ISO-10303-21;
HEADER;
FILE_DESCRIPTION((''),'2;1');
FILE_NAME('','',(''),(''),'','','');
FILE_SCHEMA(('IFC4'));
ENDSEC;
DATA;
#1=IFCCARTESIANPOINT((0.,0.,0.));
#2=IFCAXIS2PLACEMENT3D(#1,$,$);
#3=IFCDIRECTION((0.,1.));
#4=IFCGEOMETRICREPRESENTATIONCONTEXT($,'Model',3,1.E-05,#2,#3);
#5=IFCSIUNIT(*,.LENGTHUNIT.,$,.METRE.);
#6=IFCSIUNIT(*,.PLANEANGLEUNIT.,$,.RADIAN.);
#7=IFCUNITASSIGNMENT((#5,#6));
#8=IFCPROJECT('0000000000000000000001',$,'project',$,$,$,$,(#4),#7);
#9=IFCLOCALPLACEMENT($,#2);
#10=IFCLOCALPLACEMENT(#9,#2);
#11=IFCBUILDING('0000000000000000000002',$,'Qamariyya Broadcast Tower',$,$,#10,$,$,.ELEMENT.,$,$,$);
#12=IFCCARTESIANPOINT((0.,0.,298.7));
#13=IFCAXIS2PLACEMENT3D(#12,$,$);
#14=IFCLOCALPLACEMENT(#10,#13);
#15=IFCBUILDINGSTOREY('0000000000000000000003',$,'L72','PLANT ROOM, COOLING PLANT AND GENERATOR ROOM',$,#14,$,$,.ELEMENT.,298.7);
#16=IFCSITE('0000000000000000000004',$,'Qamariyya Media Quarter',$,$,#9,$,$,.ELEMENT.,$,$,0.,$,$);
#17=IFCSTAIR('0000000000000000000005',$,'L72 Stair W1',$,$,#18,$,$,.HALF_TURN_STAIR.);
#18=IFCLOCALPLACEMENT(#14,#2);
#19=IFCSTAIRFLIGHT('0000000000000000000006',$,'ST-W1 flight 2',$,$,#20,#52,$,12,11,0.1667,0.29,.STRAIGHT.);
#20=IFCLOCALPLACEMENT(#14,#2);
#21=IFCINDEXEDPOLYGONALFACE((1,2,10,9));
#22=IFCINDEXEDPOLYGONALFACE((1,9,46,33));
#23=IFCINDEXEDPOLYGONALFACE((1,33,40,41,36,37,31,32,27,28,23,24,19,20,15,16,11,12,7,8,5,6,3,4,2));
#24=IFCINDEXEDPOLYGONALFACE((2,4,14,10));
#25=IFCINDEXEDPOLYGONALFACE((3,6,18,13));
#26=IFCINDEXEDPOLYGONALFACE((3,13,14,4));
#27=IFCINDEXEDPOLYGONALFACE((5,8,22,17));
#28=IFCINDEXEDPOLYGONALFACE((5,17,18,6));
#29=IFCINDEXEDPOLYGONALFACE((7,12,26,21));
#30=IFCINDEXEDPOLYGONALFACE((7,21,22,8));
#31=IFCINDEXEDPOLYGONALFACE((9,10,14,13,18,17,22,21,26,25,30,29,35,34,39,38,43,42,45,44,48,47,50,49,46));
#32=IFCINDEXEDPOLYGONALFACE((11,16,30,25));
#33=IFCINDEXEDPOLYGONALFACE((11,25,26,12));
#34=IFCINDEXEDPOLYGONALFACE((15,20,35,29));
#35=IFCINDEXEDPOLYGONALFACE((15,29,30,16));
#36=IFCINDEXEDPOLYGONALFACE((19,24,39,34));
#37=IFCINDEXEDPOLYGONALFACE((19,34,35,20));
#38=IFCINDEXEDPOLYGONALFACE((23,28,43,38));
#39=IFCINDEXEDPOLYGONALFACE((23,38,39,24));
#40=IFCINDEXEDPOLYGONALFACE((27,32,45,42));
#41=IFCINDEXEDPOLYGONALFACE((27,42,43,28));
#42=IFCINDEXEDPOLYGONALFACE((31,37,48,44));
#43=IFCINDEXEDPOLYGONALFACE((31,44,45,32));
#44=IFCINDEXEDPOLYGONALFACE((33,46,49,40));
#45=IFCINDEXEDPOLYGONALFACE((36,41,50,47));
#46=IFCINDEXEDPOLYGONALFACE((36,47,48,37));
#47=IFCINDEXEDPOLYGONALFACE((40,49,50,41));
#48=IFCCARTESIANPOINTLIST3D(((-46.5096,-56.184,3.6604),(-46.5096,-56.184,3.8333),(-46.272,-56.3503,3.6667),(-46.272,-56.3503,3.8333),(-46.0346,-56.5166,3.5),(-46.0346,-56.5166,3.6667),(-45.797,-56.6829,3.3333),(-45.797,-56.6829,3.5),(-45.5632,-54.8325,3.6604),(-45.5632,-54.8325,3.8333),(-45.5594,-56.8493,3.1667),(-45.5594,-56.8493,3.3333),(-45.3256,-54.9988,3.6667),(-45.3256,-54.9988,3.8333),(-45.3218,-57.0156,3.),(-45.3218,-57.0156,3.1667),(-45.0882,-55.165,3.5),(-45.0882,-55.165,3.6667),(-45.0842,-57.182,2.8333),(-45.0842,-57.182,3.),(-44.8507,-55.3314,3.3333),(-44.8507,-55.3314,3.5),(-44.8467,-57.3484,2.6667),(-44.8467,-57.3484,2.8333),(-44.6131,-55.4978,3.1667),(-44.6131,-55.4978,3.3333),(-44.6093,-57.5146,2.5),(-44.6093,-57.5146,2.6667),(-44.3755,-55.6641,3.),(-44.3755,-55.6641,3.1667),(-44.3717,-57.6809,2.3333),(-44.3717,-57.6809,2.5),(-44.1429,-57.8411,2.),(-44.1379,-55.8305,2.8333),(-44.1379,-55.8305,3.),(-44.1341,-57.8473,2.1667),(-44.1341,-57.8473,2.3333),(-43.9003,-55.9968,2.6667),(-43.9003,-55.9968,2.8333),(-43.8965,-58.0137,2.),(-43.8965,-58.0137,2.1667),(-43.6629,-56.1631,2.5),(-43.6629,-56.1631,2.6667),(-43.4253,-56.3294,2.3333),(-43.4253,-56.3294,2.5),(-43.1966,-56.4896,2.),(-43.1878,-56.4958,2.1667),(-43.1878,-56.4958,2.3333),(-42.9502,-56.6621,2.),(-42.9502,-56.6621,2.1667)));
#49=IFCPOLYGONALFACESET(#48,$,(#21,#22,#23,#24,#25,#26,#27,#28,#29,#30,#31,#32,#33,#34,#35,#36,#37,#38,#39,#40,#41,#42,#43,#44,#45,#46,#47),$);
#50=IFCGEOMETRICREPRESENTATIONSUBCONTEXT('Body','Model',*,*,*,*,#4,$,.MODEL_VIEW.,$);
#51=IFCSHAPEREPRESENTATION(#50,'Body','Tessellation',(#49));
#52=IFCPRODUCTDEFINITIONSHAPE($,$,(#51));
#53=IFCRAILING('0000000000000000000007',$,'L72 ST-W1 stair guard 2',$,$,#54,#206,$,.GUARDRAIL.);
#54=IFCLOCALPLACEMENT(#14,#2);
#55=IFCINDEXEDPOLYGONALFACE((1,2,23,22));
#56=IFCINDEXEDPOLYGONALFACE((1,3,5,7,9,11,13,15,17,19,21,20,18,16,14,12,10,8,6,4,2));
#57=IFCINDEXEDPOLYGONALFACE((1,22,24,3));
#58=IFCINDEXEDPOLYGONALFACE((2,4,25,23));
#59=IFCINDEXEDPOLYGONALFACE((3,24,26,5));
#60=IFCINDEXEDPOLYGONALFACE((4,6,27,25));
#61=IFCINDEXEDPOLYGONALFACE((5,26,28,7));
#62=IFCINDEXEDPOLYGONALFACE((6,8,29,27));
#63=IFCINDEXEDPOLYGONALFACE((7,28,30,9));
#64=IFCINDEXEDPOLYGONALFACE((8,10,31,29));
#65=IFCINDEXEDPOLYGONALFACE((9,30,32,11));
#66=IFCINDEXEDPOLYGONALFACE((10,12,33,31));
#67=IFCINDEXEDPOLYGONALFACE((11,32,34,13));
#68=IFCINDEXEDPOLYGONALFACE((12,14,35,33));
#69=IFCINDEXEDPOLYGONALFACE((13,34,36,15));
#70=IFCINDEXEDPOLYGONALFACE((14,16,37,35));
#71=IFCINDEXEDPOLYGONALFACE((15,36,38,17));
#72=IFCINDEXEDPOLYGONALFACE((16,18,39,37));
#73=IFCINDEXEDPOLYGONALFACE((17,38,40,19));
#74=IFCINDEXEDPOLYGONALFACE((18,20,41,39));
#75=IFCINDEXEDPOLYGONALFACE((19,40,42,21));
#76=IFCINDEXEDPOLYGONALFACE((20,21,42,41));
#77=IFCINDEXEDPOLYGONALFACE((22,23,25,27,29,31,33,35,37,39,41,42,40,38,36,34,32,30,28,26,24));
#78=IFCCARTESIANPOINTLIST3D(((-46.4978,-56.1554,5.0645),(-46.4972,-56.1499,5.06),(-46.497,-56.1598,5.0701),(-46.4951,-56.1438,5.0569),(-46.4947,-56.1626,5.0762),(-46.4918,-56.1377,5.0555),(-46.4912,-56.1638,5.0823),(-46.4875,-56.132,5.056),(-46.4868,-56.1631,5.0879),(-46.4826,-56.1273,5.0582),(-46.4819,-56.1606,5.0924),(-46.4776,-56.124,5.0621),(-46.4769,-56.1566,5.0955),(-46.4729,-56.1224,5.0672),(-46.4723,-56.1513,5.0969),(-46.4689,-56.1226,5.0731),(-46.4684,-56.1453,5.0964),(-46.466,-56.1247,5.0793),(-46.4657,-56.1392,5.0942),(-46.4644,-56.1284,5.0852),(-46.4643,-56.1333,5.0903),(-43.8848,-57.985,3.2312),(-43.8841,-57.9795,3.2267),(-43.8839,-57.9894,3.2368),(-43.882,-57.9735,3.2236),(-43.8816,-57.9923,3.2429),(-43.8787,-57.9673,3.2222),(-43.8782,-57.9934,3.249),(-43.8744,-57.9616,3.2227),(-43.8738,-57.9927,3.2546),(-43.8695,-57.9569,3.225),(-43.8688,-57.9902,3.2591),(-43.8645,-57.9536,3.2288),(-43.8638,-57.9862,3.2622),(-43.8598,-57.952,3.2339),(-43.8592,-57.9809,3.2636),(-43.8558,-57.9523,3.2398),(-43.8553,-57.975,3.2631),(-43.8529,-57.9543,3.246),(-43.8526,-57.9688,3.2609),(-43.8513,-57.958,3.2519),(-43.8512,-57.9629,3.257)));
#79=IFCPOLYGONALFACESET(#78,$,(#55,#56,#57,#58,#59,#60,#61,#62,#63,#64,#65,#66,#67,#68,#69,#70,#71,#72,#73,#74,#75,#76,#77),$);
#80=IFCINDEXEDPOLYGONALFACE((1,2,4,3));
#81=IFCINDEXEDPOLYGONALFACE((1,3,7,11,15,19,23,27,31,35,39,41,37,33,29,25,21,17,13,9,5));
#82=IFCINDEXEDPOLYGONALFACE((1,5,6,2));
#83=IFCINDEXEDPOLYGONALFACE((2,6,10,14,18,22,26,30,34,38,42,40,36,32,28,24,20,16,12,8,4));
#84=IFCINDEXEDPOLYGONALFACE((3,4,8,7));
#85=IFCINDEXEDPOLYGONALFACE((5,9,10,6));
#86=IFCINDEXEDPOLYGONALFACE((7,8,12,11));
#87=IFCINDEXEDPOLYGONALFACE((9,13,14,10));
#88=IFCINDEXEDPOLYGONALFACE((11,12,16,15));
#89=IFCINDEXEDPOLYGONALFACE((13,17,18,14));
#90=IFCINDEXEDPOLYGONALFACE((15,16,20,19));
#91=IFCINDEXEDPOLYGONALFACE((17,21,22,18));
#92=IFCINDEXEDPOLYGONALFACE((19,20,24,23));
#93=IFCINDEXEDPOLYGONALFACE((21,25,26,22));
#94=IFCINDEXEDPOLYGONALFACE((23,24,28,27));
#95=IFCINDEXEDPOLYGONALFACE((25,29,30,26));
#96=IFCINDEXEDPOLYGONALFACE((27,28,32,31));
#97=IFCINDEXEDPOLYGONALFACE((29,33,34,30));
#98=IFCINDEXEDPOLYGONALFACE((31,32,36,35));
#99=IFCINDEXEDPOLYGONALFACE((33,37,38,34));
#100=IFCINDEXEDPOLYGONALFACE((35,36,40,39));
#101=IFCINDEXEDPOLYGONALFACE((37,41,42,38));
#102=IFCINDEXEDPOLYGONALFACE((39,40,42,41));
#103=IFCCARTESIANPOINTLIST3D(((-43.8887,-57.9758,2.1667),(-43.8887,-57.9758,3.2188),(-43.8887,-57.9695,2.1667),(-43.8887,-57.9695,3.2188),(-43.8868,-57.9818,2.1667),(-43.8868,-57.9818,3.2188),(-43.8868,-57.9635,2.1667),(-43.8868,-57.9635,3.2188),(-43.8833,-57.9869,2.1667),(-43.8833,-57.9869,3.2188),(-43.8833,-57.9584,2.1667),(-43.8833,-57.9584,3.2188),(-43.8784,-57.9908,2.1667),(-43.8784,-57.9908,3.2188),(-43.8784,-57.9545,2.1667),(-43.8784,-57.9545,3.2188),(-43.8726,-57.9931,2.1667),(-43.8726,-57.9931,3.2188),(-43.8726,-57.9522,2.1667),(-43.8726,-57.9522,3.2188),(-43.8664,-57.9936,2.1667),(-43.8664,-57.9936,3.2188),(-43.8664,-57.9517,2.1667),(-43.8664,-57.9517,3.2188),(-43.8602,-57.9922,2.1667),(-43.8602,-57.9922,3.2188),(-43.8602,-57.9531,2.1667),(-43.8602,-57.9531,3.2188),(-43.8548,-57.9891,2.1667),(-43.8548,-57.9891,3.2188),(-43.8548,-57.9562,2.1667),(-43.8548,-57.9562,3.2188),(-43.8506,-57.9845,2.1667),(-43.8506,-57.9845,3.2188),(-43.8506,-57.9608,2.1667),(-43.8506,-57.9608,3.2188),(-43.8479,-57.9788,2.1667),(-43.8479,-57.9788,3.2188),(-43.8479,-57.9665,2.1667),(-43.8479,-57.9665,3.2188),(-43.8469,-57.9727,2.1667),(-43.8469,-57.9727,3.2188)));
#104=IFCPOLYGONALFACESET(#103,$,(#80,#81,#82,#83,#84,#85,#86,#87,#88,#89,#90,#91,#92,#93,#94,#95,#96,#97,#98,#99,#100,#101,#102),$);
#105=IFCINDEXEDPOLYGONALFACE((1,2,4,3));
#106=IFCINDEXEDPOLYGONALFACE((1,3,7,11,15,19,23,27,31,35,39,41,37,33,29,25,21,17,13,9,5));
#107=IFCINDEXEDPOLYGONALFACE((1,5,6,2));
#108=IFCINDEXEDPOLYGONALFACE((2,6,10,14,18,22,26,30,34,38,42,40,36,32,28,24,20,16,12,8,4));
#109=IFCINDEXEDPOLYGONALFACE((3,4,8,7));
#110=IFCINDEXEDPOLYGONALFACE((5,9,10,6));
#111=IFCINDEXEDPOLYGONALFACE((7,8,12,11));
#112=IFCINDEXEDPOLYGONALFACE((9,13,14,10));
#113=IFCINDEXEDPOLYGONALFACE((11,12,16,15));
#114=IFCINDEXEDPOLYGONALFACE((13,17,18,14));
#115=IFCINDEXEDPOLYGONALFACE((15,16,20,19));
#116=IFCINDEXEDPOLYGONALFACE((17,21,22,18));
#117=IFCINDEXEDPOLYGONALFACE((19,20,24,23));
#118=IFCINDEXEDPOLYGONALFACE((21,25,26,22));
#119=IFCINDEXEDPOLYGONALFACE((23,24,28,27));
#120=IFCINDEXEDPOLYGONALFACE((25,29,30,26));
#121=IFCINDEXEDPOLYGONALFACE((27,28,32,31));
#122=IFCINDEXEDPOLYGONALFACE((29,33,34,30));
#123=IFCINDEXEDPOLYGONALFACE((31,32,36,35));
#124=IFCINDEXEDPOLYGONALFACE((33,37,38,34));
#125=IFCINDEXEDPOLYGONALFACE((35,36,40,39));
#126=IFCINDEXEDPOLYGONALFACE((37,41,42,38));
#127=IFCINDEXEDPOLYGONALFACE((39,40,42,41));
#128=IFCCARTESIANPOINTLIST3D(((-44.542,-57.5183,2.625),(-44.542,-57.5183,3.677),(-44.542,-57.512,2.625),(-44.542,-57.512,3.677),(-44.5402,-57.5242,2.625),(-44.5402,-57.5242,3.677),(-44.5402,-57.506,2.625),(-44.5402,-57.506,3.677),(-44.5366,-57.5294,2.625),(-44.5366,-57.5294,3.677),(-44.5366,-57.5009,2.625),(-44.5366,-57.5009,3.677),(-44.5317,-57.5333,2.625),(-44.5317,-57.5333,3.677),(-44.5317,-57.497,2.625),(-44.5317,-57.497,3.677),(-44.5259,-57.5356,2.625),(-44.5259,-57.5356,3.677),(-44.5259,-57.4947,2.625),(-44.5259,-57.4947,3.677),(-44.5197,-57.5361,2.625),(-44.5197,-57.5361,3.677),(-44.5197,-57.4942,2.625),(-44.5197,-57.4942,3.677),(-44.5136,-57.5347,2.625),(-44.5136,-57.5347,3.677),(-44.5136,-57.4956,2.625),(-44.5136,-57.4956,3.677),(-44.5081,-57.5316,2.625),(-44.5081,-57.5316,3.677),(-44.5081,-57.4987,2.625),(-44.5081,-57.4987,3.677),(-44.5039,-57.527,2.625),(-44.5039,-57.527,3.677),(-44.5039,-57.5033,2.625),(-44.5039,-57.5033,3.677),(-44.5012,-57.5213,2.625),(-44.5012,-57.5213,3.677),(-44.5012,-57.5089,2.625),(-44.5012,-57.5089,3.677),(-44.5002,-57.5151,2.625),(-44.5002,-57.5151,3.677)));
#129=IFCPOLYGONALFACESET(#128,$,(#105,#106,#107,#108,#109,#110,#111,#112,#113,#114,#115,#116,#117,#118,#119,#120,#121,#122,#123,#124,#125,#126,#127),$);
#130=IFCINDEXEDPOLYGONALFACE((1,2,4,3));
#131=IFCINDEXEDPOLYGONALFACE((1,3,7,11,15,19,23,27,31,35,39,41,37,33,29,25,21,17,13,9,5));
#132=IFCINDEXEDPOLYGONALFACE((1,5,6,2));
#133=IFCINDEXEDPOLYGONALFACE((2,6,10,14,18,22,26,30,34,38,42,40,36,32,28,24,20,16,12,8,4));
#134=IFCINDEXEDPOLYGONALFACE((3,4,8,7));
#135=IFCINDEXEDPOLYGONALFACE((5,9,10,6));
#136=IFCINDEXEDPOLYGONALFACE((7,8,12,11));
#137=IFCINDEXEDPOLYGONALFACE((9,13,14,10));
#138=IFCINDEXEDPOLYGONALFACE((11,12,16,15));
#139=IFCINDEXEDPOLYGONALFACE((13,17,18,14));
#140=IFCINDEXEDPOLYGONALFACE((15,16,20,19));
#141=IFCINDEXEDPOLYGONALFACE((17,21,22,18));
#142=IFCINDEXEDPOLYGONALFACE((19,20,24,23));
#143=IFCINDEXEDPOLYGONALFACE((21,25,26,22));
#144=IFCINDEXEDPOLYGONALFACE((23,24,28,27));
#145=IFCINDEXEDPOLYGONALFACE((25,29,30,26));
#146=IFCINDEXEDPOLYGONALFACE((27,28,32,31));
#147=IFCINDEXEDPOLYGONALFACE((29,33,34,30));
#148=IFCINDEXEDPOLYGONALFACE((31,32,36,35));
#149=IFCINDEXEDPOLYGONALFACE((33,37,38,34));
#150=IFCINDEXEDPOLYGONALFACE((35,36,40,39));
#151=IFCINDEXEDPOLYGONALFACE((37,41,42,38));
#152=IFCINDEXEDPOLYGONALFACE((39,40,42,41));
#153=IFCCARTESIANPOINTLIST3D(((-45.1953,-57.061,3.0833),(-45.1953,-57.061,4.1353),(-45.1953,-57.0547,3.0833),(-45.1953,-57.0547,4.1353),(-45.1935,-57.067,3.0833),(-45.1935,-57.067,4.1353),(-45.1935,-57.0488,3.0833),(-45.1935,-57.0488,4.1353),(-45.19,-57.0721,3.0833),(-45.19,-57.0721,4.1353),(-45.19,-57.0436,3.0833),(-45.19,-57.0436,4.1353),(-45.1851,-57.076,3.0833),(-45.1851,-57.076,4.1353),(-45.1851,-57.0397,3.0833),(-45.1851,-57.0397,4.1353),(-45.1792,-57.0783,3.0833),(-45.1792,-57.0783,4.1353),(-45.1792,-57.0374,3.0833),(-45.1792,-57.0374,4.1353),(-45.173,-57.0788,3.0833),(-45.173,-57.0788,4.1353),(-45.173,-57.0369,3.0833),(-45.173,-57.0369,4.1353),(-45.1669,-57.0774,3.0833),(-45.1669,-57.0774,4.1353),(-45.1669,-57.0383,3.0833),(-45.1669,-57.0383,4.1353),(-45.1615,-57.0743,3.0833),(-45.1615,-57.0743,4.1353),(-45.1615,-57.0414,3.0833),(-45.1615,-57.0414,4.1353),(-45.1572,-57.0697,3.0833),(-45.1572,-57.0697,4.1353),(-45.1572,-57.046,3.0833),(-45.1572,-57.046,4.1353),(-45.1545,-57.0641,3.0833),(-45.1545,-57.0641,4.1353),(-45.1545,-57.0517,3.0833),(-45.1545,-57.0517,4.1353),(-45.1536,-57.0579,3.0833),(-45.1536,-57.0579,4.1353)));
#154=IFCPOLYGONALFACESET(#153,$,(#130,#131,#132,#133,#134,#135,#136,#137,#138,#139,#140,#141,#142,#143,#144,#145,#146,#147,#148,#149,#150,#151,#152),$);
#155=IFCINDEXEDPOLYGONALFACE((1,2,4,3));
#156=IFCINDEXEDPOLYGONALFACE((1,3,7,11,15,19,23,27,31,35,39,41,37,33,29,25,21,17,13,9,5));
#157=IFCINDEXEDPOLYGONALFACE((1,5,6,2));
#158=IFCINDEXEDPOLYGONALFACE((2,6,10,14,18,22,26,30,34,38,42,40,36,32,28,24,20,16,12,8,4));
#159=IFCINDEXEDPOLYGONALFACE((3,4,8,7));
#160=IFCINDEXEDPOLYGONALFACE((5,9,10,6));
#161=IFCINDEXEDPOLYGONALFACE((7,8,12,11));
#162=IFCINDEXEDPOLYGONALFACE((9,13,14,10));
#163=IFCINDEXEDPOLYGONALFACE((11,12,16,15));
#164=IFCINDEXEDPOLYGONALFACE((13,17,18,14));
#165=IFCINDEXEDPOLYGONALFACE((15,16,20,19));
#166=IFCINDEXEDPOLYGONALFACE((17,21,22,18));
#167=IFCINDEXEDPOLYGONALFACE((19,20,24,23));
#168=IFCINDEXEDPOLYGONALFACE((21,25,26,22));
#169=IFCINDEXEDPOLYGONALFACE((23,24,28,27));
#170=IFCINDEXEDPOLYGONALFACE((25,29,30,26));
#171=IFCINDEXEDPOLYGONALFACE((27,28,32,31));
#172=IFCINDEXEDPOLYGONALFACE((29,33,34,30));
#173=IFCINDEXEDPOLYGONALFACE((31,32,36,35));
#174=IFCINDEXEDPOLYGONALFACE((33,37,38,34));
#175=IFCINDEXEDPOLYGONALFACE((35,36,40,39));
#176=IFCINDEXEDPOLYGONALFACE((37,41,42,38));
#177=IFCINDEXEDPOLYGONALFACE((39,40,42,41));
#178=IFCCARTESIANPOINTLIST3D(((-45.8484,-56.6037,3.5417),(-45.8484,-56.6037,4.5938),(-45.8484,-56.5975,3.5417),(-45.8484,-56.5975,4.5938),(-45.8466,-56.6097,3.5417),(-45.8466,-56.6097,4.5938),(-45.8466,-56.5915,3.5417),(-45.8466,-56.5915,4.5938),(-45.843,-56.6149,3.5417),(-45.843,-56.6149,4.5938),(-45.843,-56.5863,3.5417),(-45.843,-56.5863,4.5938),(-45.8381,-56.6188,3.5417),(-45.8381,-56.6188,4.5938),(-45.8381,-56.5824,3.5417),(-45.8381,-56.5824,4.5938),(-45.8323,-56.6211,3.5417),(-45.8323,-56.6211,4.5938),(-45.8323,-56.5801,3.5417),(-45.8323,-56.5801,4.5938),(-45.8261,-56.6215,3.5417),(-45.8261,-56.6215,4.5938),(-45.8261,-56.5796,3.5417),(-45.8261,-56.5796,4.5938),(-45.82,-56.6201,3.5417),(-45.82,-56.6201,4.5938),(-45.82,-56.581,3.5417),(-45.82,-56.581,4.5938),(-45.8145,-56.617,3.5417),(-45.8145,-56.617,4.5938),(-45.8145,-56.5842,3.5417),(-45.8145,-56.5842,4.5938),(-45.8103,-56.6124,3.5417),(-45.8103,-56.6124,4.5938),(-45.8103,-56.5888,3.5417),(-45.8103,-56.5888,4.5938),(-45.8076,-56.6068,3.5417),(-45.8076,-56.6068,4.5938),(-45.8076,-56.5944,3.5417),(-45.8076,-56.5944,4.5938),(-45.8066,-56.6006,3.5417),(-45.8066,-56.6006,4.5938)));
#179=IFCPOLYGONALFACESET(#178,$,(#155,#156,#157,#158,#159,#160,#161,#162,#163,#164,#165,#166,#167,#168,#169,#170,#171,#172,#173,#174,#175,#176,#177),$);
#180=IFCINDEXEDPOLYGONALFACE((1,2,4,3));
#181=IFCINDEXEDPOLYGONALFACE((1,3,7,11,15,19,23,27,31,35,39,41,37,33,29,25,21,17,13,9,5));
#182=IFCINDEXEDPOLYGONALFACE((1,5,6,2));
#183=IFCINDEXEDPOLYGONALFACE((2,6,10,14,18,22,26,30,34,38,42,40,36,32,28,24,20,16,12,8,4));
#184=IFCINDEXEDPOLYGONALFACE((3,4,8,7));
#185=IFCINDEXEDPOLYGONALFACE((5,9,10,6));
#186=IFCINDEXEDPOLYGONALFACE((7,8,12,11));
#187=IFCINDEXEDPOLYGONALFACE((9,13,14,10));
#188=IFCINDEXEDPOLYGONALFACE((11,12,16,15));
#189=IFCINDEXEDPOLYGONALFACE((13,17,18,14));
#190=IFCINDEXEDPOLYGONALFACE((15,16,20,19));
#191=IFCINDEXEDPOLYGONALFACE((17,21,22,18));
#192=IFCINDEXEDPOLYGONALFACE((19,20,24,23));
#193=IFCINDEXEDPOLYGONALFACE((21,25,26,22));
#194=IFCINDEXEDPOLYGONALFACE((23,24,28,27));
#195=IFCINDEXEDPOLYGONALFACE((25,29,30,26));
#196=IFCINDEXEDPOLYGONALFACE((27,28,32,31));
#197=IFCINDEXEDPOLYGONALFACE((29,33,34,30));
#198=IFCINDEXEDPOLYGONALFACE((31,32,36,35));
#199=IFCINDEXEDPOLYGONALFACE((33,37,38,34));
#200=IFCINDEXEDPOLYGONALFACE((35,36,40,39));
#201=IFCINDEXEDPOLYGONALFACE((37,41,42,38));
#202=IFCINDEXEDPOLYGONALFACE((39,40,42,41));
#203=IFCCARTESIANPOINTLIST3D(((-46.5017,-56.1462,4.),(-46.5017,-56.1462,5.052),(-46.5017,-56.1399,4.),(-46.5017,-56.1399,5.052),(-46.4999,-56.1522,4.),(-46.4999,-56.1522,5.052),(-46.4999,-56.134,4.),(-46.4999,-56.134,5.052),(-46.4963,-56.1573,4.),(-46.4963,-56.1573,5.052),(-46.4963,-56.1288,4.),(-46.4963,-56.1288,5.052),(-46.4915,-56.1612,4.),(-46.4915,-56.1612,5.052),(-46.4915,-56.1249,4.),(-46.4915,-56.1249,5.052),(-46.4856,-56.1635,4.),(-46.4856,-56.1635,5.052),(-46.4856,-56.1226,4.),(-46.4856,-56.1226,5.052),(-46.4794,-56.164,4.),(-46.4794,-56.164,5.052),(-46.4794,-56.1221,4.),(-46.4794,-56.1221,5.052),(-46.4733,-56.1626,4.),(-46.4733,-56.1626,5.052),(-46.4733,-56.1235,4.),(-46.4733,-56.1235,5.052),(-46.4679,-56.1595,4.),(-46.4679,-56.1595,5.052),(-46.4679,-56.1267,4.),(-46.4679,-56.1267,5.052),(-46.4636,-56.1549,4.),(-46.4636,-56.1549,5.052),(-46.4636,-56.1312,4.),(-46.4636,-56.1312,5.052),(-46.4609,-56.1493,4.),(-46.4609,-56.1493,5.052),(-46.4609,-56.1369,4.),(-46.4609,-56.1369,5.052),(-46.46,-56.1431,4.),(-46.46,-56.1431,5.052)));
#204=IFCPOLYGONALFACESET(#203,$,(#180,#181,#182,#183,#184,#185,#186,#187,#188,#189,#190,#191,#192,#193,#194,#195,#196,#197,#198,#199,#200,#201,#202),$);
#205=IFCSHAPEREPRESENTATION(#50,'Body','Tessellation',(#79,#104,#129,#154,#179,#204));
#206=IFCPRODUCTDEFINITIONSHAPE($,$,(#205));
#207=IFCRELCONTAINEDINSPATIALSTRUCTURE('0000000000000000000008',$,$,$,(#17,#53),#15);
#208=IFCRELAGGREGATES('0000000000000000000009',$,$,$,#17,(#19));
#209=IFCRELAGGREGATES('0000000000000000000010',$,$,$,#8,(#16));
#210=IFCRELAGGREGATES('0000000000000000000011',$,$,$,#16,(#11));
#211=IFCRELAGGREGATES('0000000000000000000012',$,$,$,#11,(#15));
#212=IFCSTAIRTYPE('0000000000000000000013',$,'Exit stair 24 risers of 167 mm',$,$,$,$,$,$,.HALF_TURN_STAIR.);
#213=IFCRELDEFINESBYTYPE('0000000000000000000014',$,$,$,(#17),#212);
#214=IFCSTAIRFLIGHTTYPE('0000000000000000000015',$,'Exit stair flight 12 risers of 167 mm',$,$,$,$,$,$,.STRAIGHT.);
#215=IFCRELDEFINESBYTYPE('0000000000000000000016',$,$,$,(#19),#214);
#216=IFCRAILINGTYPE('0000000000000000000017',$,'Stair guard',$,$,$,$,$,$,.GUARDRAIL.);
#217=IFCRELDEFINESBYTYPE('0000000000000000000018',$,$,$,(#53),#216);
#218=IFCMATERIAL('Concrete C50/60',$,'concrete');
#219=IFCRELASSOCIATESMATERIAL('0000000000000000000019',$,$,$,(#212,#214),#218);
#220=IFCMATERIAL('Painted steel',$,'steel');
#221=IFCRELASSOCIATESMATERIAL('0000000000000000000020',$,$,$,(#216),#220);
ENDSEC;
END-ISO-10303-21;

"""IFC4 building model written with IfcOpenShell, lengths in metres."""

from ifc_helpers import new_model, si_unit, direction, frame, origin, origin_2d, place, context, subcontext, project, spatial, polyline, circle, outline, extrude, material, type_object, element, aggregate, save


model = new_model("IFC4")

# Units and contexts
model_context = context("Model", 3, precision=1e-05, world=origin(), true_north=direction((0.0, 1.0)))
body_context = subcontext(model_context, "Body", "Model", "MODEL_VIEW")
ifc_project = project(units=[si_unit("LENGTHUNIT", "METRE"), si_unit("PLANEANGLEUNIT", "RADIAN")], contexts=[model_context])

# Site, building, storey
site_placement = place(None, origin())
site = spatial("IfcSite", under=ifc_project, at=site_placement, Name="Qamariyya Media Quarter", CompositionType="ELEMENT", RefElevation=0.0)
building_placement = place(site_placement, origin())
building = spatial("IfcBuilding", under=site, at=building_placement, Name="Qamariyya Broadcast Tower", CompositionType="ELEMENT")
storey_placement = place(building_placement, frame((0.0, 0.0, 298.7)))
storey = spatial("IfcBuildingStorey", under=building, at=storey_placement, Name="L72", Description="PLANT ROOM, COOLING PLANT AND GENERATOR ROOM", CompositionType="ELEMENT", Elevation=298.7)

# Shared definitions
ifc_material_1 = material(Name="Concrete C50/60", Category="concrete")

# Stair, stair flight
stair_type = type_object("IfcStairType", Name="Exit stair 24 risers of 167 mm", PredefinedType="HALF_TURN_STAIR", material=ifc_material_1)
stair_placement = place(storey_placement, origin())
stair = element("IfcStair", 1, at=stair_placement, inside=storey, type_object=stair_type, Name="L72 Stair W1", PredefinedType="HALF_TURN_STAIR")
stair_flight_type = type_object("IfcStairFlightType", Name="Exit stair flight 12 risers of 167 mm", PredefinedType="STRAIGHT", material=ifc_material_1)
stair_flight_1_placement = place(storey_placement, frame((-43.4233, -57.3379, 2.0), z_axis=(0.0, 0.0, 1.0), x_axis=(-0.819152, 0.573576, 0.0)))
stair_flight_1 = element("IfcStairFlight", 2, at=stair_flight_1_placement, type_object=stair_flight_type, Name="ST-W1 flight 2", NumberOfRisers=12, NumberOfTreads=11, PredefinedType="STRAIGHT", RiserHeight=0.1667, TreadLength=0.29, context=body_context, shape_type="SweptSolid", body=[
    extrude(outline(polyline([(0.0, 0.0), (0.0, 0.1667), (0.29, 0.1667), (0.29, 0.3333), (0.5801, 0.3333), (0.5801, 0.5), (0.8701, 0.5), (0.8701, 0.6667), (1.1599, 0.6667), (1.1599, 0.8333), (1.45, 0.8333), (1.45, 1.0), (1.74, 1.0), (1.74, 1.1667), (2.03, 1.1667), (2.03, 1.3333), (2.3201, 1.3333), (2.3201, 1.5), (2.6101, 1.5), (2.6101, 1.6667), (2.8999, 1.6667), (2.8999, 1.8333), (3.1899, 1.8333), (3.1899, 2.0), (3.1899, 1.6604), (0.3008, 0.0), (0.0, 0.0)])), frame((0.0, 0.825, 0.0), z_axis=(0.0, -1.0, 0.0), x_axis=(1.0, 0.0, 0.0)), (0.0, 0.0, 1.0), 1.6499),
])
aggregate(stair, [stair_flight_1])

# Railing
ifc_material_2 = material(Name="Painted steel", Category="steel")
railing_type_1 = type_object("IfcRailingType", Name="Stair guard", PredefinedType="GUARDRAIL", material=ifc_material_2)
railing_1_placement = place(storey_placement, frame((-43.8679, -57.9727, 2.1667)))
element("IfcRailing", 3, at=railing_1_placement, inside=storey, type_object=railing_type_1, Name="L72 ST-W1 stair guard 2", PredefinedType="GUARDRAIL", context=body_context, shape_type="SweptSolid", body=[
    extrude(circle(Radius=0.0239, at=origin_2d()), frame((0.0, 0.0, 1.0762), z_axis=(-0.710228, 0.497285, 0.498281), x_axis=(-0.57356, -0.819164, 0.0)), (0.0, 0.0, 1.0), 3.6792),
    extrude(circle(Radius=0.021, at=origin_2d()), origin(), (0.0, 0.0, 1.0), 1.052),
    extrude(circle(Radius=0.021, at=origin_2d()), frame((-0.6533, 0.4575, 0.4583)), (0.0, 0.0, 1.0), 1.052),
    extrude(circle(Radius=0.021, at=origin_2d()), frame((-1.3066, 0.9148, 0.9165)), (0.0, 0.0, 1.0), 1.052),
    extrude(circle(Radius=0.021, at=origin_2d()), frame((-1.9597, 1.3721, 1.375)), (0.0, 0.0, 1.0), 1.052),
    extrude(circle(Radius=0.021, at=origin_2d()), frame((-2.613, 1.8296, 1.8333)), (0.0, 0.0, 1.0), 1.052),
])

save(model, "model.ifc")
